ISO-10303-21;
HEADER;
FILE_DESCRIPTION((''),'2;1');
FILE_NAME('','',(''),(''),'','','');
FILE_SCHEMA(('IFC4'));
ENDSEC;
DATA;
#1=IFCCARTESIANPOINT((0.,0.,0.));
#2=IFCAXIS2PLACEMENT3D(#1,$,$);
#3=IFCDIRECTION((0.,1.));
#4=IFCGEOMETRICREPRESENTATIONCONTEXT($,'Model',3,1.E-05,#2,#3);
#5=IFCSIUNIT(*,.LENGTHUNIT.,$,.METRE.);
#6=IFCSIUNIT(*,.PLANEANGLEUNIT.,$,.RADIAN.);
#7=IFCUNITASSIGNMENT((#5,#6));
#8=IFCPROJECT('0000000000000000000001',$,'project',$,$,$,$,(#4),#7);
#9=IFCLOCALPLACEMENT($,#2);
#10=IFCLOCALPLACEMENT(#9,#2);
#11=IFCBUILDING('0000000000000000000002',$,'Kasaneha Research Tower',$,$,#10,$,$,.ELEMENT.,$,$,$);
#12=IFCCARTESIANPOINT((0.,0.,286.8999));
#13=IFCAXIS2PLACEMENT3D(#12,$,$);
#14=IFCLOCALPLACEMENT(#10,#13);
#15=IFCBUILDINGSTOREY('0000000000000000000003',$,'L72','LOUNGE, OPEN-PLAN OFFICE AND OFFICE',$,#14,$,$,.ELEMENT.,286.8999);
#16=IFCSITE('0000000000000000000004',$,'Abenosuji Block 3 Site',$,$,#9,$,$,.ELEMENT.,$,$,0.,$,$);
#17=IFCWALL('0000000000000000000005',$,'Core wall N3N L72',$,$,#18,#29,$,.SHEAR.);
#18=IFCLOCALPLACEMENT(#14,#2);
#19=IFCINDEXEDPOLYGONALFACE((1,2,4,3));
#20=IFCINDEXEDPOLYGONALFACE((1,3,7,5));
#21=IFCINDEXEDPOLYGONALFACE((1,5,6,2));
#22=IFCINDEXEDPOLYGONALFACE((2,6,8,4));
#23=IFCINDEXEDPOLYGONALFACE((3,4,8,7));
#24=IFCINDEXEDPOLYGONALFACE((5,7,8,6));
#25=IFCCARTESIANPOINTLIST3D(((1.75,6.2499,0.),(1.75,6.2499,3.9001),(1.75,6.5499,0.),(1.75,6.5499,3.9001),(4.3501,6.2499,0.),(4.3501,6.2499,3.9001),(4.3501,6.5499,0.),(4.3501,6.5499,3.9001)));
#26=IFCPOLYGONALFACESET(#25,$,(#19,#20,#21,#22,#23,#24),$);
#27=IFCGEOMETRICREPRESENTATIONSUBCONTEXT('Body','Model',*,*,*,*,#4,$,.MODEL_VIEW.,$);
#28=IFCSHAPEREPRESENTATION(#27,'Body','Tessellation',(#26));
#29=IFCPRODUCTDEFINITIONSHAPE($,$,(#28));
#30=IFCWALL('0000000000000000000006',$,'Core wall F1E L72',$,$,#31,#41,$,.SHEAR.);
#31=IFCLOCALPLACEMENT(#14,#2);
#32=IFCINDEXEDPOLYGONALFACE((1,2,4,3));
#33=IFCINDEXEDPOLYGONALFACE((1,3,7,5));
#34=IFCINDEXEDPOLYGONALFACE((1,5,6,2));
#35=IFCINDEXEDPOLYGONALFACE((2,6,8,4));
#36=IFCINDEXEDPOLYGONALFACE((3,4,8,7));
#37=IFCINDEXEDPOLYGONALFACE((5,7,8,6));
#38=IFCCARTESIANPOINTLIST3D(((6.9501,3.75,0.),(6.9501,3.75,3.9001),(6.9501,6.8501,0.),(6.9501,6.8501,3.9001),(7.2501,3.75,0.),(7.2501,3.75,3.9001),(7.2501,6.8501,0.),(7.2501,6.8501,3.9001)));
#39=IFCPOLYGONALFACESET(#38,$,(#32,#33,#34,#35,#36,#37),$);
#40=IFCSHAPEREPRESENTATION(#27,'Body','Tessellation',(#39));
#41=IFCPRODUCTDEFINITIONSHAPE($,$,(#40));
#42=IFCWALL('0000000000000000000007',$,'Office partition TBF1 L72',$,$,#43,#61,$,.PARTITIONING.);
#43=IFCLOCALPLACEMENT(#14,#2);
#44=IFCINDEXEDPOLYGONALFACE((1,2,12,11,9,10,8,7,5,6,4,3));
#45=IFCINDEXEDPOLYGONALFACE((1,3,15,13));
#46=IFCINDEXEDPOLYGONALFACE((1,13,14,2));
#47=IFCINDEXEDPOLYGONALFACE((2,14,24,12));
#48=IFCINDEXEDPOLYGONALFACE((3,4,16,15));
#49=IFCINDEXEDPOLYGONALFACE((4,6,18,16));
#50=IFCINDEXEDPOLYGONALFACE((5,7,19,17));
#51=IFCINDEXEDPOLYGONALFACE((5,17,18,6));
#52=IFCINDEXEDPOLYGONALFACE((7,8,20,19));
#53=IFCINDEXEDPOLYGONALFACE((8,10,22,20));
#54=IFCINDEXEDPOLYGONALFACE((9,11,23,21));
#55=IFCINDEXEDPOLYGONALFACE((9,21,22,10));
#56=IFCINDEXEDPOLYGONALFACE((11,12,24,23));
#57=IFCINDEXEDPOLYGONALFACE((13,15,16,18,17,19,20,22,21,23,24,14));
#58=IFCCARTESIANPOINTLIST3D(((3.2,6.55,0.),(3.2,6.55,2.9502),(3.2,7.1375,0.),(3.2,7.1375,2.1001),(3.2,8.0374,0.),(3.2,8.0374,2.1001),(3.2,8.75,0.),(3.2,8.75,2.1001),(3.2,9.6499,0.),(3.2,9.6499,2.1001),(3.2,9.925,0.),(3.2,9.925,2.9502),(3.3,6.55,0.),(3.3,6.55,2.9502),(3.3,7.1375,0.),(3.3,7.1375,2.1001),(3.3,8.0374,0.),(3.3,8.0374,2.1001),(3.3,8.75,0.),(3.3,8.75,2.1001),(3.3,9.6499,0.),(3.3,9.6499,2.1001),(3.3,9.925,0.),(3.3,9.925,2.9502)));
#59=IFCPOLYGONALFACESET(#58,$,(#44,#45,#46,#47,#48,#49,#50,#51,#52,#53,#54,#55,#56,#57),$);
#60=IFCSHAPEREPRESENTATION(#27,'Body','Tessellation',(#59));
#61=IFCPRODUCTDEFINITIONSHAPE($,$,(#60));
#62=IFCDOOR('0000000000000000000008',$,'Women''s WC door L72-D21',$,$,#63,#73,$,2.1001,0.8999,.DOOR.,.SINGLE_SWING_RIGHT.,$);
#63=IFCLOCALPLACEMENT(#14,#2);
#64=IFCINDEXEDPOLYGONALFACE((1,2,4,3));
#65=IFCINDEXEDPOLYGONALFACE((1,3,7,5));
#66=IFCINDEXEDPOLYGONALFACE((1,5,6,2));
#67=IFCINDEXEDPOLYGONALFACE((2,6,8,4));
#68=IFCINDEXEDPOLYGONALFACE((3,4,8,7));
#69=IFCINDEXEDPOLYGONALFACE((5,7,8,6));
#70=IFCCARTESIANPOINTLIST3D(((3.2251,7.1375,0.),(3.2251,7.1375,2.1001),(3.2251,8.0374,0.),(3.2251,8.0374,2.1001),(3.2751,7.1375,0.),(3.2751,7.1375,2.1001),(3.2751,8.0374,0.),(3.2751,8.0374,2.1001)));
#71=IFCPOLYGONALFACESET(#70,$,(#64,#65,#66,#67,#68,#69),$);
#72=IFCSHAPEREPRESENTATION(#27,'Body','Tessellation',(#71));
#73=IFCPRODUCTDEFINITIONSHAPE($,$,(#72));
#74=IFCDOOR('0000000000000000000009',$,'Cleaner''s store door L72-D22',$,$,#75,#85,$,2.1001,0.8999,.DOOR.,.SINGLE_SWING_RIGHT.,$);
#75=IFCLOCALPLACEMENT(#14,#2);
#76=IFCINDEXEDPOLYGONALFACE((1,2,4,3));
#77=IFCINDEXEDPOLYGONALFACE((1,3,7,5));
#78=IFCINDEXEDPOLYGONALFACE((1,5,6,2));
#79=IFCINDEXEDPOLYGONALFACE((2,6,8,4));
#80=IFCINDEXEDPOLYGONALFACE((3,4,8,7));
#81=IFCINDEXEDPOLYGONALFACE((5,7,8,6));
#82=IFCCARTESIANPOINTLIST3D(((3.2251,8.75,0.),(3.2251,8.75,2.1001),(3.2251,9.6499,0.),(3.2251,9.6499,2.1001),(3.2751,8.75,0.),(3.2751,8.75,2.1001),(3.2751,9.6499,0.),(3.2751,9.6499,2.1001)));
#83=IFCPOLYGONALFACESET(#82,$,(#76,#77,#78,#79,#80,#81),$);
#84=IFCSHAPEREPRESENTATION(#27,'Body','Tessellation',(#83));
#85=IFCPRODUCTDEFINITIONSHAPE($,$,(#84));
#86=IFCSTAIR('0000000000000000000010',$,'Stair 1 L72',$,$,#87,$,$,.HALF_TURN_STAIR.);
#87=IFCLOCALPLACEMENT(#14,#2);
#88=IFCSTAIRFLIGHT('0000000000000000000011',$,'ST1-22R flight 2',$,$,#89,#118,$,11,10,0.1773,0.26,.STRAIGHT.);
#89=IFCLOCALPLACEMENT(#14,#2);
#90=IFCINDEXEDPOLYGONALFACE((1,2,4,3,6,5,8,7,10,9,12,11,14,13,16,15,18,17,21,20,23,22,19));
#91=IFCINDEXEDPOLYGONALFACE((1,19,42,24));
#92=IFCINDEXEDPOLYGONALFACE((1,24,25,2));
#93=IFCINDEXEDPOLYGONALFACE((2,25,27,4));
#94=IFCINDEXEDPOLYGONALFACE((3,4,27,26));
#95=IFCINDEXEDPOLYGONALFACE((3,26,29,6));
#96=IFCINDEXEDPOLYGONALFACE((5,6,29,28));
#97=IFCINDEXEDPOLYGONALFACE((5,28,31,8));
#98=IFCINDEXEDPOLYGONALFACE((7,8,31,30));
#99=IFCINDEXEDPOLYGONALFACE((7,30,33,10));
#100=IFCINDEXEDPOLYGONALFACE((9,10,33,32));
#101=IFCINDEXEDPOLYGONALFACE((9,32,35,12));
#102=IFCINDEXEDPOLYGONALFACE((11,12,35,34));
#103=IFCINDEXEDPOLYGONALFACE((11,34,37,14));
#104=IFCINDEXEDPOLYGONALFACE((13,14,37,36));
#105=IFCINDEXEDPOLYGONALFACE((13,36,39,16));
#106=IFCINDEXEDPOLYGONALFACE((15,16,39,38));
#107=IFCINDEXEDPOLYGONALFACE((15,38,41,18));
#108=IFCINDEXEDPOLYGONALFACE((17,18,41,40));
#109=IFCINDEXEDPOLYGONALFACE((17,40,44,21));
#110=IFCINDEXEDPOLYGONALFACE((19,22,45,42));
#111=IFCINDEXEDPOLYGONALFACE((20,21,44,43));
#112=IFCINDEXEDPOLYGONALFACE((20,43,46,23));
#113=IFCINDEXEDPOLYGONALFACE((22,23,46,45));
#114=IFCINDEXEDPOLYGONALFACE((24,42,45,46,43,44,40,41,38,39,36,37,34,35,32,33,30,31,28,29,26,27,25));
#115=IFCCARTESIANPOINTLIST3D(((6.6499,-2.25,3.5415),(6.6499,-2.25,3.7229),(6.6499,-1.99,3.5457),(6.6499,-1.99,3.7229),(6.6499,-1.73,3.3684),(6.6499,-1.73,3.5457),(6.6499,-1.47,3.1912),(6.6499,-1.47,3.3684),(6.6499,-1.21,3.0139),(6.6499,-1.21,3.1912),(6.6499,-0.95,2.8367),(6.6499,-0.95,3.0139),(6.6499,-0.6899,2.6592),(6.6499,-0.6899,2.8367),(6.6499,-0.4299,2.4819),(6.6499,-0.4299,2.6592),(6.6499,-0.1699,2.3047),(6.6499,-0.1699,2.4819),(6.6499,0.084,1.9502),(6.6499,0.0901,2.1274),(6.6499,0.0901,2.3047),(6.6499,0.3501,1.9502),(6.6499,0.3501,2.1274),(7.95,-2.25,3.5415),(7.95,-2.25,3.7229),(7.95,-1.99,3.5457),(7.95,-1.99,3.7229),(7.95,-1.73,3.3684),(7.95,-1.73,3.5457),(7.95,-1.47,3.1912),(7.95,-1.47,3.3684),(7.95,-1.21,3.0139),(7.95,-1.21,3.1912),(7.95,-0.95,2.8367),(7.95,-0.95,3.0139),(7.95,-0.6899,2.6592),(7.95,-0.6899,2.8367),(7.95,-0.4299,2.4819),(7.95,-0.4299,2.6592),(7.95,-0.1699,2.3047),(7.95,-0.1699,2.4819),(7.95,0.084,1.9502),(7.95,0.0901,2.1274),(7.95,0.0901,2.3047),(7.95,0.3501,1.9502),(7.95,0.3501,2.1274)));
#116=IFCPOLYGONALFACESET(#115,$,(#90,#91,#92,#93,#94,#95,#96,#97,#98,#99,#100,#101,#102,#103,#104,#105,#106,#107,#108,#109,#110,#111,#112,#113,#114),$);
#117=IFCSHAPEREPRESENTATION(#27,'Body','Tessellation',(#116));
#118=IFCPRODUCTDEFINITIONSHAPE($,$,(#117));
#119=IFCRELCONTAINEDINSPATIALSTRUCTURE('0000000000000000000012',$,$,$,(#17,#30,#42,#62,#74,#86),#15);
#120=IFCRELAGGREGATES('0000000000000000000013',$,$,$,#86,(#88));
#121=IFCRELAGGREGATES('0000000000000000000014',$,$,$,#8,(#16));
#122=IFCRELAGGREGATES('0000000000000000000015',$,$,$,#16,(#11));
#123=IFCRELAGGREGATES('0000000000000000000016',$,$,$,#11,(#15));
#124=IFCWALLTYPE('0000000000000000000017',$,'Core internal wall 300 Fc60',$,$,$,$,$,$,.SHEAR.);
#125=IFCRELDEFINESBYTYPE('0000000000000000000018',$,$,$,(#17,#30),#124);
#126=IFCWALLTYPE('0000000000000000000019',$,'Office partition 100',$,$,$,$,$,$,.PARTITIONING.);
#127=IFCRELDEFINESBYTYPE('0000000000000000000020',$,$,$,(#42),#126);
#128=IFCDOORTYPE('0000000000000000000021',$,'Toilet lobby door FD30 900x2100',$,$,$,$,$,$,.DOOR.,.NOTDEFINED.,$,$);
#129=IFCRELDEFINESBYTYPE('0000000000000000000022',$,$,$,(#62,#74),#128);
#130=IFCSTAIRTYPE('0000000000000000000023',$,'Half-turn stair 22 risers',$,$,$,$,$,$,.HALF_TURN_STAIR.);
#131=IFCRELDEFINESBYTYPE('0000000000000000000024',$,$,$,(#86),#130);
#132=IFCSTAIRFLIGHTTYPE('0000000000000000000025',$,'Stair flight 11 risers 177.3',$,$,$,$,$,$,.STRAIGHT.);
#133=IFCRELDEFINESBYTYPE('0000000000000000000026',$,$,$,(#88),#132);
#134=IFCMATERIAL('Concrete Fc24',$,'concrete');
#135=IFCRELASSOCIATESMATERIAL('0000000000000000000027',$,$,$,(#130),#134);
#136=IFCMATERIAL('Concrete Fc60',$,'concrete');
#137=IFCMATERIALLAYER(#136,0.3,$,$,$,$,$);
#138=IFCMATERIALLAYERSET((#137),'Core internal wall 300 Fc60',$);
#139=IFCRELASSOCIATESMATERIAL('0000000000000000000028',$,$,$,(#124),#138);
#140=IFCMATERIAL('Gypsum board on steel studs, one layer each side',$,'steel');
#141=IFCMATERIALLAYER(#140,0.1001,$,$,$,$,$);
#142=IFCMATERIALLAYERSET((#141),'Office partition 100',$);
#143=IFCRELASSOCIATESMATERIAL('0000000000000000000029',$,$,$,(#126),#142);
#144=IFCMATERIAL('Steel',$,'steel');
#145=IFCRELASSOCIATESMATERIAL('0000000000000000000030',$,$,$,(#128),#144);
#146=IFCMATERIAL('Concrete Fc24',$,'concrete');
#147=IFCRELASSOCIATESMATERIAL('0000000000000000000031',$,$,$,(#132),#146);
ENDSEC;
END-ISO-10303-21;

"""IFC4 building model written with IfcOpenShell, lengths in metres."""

from ifc_helpers import new_model, si_unit, direction, frame, frame_2d, origin, place, context, subcontext, project, spatial, polyline, rectangle, outline, extrude, material, layer, layer_set, type_object, element, fill, aggregate, save


model = new_model("IFC4")

# Units and contexts
model_context = context("Model", 3, precision=1e-05, world=origin(), true_north=direction((0.0, 1.0)))
body_context = subcontext(model_context, "Body", "Model", "MODEL_VIEW")
ifc_project = project(units=[si_unit("LENGTHUNIT", "METRE"), si_unit("PLANEANGLEUNIT", "RADIAN")], contexts=[model_context])

# Site, building, storey
site_placement = place(None, origin())
site = spatial("IfcSite", under=ifc_project, at=site_placement, Name="Abenosuji Block 3 Site", CompositionType="ELEMENT", RefElevation=0.0)
building_placement = place(site_placement, origin())
building = spatial("IfcBuilding", under=site, at=building_placement, Name="Kasaneha Research Tower", CompositionType="ELEMENT")
storey_placement = place(building_placement, frame((0.0, 0.0, 286.8999)))
storey = spatial("IfcBuildingStorey", under=building, at=storey_placement, Name="L72", Description="LOUNGE, OPEN-PLAN OFFICE AND OFFICE", CompositionType="ELEMENT", Elevation=286.8999)

# Shared definitions
ifc_material_1 = material(Name="Concrete Fc24", Category="concrete")
stair_type = type_object("IfcStairType", Name="Half-turn stair 22 risers", PredefinedType="HALF_TURN_STAIR", material=ifc_material_1)

# Shared definitions
ifc_material_2 = material(Name="Concrete Fc60", Category="concrete")
ifc_layer_1 = layer(ifc_material_2, 0.3)
ifc_layer_set_1 = layer_set([ifc_layer_1], Name="Core internal wall 300 Fc60")
wall_type_1 = type_object("IfcWallType", Name="Core internal wall 300 Fc60", PredefinedType="SHEAR", material=ifc_layer_set_1)

# Walls
wall_1_placement = place(storey_placement, frame((1.75, 6.3999, 0.0), z_axis=(0.0, 0.0, 1.0), x_axis=(1.0, 0.0, 0.0)))
element("IfcWall", 1, at=wall_1_placement, inside=storey, type_object=wall_type_1, Name="Core wall N3N L72", PredefinedType="SHEAR", context=body_context, shape_type="SweptSolid", body=[
    extrude(rectangle(XDim=2.6001, YDim=0.3, at=frame_2d((1.3, 0.0))), origin(), (0.0, 0.0, 1.0), 3.9001),
])
wall_2_placement = place(storey_placement, frame((7.1001, 3.75, 0.0), z_axis=(0.0, 0.0, 1.0), x_axis=(0.0, 1.0, 0.0)))
element("IfcWall", 2, at=wall_2_placement, inside=storey, type_object=wall_type_1, Name="Core wall F1E L72", PredefinedType="SHEAR", context=body_context, shape_type="SweptSolid", body=[
    extrude(rectangle(XDim=3.1001, YDim=0.3, at=frame_2d((1.55, 0.0))), origin(), (0.0, 0.0, 1.0), 3.9001),
])

# Wall, openings, doors
ifc_material_3 = material(Name="Gypsum board on steel studs, one layer each side", Category="steel")
ifc_layer_2 = layer(ifc_material_3, 0.1001)
ifc_layer_set_2 = layer_set([ifc_layer_2], Name="Office partition 100")
wall_type_2 = type_object("IfcWallType", Name="Office partition 100", PredefinedType="PARTITIONING", material=ifc_layer_set_2)
wall_3_placement = place(storey_placement, frame((3.25, 6.55, 0.0), z_axis=(0.0, 0.0, 1.0), x_axis=(0.0, 1.0, 0.0)))
wall_3 = element("IfcWall", 3, at=wall_3_placement, inside=storey, type_object=wall_type_2, Name="Office partition TBF1 L72", PredefinedType="PARTITIONING", context=body_context, shape_type="SweptSolid", body=[
    extrude(rectangle(XDim=3.375, YDim=0.1001, at=frame_2d((1.6875, 0.0))), origin(), (0.0, 0.0, 1.0), 2.9502),
])
opening_1_placement = place(wall_3_placement, frame((0.5874, 0.0, 0.0)))
opening_1 = element("IfcOpeningElement", 4, at=opening_1_placement, cuts=wall_3, PredefinedType="OPENING", context=body_context, shape_type="SweptSolid", body=[
    extrude(rectangle(XDim=0.8999, YDim=2.1001, at=frame_2d((0.45, 1.05))), frame((0.0, 0.0601, 0.0), z_axis=(0.0, -1.0, 0.0), x_axis=(1.0, 0.0, 0.0)), (0.0, 0.0, 1.0), 0.1201),
])
opening_2_placement = place(wall_3_placement, frame((2.2, 0.0, 0.0)))
opening_2 = element("IfcOpeningElement", 5, at=opening_2_placement, cuts=wall_3, PredefinedType="OPENING", context=body_context, shape_type="SweptSolid", body=[
    extrude(rectangle(XDim=0.8999, YDim=2.1001, at=frame_2d((0.45, 1.05))), frame((0.0, 0.0601, 0.0), z_axis=(0.0, -1.0, 0.0), x_axis=(1.0, 0.0, 0.0)), (0.0, 0.0, 1.0), 0.1201),
])
ifc_material_4 = material(Name="Steel", Category="steel")
door_type_1 = type_object("IfcDoorType", Name="Toilet lobby door FD30 900x2100", OperationType="NOTDEFINED", PredefinedType="DOOR", material=ifc_material_4)
door_1_placement = place(opening_1_placement, origin())
door_1 = element("IfcDoor", 6, at=door_1_placement, inside=storey, type_object=door_type_1, Name="Women's WC door L72-D21", OperationType="SINGLE_SWING_RIGHT", OverallHeight=2.1001, OverallWidth=0.8999, PredefinedType="DOOR", context=body_context, shape_type="SweptSolid", body=[
    extrude(rectangle(XDim=0.8999, YDim=2.1001, at=frame_2d((0.45, 1.05))), frame((0.0, 0.0249, 0.0), z_axis=(0.0, -1.0, 0.0), x_axis=(1.0, 0.0, 0.0)), (0.0, 0.0, 1.0), 0.05),
])
fill(opening_1, door_1)
door_2_placement = place(opening_2_placement, origin())
door_2 = element("IfcDoor", 7, at=door_2_placement, inside=storey, type_object=door_type_1, Name="Cleaner's store door L72-D22", OperationType="SINGLE_SWING_RIGHT", OverallHeight=2.1001, OverallWidth=0.8999, PredefinedType="DOOR", context=body_context, shape_type="SweptSolid", body=[
    extrude(rectangle(XDim=0.8999, YDim=2.1001, at=frame_2d((0.45, 1.05))), frame((0.0, 0.0249, 0.0), z_axis=(0.0, -1.0, 0.0), x_axis=(1.0, 0.0, 0.0)), (0.0, 0.0, 1.0), 0.05),
])
fill(opening_2, door_2)

# Stair, stair flight
stair_1_placement = place(storey_placement, origin())
stair_1 = element("IfcStair", 8, at=stair_1_placement, inside=storey, type_object=stair_type, Name="Stair 1 L72", PredefinedType="HALF_TURN_STAIR")
ifc_material_5 = material(Name="Concrete Fc24", Category="concrete")
stair_flight_type = type_object("IfcStairFlightType", Name="Stair flight 11 risers 177.3", PredefinedType="STRAIGHT", material=ifc_material_5)
stair_flight_placement = place(storey_placement, frame((7.3, 0.3501, 1.9502), z_axis=(0.0, 0.0, 1.0), x_axis=(0.0, -1.0, 0.0)))
stair_flight = element("IfcStairFlight", 9, at=stair_flight_placement, type_object=stair_flight_type, Name="ST1-22R flight 2", NumberOfRisers=11, NumberOfTreads=10, PredefinedType="STRAIGHT", RiserHeight=0.1773, TreadLength=0.26, context=body_context, shape_type="SweptSolid", body=[
    extrude(outline(polyline([(0.0, 0.0), (0.0, 0.1772), (0.26, 0.1772), (0.26, 0.3545), (0.52, 0.3545), (0.52, 0.5317), (0.78, 0.5317), (0.78, 0.709), (1.04, 0.709), (1.04, 0.8865), (1.3, 0.8865), (1.3, 1.0637), (1.5601, 1.0637), (1.5601, 1.241), (1.8201, 1.241), (1.8201, 1.4182), (2.0801, 1.4182), (2.0801, 1.5955), (2.3401, 1.5955), (2.3401, 1.7727), (2.6001, 1.7727), (2.6001, 1.95), (2.6001, 1.5913), (0.2661, 0.0), (0.0, 0.0)])), frame((0.0, 0.6499, 0.0), z_axis=(0.0, -1.0, 0.0), x_axis=(1.0, 0.0, 0.0)), (0.0, 0.0, 1.0), 1.3),
])
aggregate(stair_1, [stair_flight])

save(model, "model.ifc")
